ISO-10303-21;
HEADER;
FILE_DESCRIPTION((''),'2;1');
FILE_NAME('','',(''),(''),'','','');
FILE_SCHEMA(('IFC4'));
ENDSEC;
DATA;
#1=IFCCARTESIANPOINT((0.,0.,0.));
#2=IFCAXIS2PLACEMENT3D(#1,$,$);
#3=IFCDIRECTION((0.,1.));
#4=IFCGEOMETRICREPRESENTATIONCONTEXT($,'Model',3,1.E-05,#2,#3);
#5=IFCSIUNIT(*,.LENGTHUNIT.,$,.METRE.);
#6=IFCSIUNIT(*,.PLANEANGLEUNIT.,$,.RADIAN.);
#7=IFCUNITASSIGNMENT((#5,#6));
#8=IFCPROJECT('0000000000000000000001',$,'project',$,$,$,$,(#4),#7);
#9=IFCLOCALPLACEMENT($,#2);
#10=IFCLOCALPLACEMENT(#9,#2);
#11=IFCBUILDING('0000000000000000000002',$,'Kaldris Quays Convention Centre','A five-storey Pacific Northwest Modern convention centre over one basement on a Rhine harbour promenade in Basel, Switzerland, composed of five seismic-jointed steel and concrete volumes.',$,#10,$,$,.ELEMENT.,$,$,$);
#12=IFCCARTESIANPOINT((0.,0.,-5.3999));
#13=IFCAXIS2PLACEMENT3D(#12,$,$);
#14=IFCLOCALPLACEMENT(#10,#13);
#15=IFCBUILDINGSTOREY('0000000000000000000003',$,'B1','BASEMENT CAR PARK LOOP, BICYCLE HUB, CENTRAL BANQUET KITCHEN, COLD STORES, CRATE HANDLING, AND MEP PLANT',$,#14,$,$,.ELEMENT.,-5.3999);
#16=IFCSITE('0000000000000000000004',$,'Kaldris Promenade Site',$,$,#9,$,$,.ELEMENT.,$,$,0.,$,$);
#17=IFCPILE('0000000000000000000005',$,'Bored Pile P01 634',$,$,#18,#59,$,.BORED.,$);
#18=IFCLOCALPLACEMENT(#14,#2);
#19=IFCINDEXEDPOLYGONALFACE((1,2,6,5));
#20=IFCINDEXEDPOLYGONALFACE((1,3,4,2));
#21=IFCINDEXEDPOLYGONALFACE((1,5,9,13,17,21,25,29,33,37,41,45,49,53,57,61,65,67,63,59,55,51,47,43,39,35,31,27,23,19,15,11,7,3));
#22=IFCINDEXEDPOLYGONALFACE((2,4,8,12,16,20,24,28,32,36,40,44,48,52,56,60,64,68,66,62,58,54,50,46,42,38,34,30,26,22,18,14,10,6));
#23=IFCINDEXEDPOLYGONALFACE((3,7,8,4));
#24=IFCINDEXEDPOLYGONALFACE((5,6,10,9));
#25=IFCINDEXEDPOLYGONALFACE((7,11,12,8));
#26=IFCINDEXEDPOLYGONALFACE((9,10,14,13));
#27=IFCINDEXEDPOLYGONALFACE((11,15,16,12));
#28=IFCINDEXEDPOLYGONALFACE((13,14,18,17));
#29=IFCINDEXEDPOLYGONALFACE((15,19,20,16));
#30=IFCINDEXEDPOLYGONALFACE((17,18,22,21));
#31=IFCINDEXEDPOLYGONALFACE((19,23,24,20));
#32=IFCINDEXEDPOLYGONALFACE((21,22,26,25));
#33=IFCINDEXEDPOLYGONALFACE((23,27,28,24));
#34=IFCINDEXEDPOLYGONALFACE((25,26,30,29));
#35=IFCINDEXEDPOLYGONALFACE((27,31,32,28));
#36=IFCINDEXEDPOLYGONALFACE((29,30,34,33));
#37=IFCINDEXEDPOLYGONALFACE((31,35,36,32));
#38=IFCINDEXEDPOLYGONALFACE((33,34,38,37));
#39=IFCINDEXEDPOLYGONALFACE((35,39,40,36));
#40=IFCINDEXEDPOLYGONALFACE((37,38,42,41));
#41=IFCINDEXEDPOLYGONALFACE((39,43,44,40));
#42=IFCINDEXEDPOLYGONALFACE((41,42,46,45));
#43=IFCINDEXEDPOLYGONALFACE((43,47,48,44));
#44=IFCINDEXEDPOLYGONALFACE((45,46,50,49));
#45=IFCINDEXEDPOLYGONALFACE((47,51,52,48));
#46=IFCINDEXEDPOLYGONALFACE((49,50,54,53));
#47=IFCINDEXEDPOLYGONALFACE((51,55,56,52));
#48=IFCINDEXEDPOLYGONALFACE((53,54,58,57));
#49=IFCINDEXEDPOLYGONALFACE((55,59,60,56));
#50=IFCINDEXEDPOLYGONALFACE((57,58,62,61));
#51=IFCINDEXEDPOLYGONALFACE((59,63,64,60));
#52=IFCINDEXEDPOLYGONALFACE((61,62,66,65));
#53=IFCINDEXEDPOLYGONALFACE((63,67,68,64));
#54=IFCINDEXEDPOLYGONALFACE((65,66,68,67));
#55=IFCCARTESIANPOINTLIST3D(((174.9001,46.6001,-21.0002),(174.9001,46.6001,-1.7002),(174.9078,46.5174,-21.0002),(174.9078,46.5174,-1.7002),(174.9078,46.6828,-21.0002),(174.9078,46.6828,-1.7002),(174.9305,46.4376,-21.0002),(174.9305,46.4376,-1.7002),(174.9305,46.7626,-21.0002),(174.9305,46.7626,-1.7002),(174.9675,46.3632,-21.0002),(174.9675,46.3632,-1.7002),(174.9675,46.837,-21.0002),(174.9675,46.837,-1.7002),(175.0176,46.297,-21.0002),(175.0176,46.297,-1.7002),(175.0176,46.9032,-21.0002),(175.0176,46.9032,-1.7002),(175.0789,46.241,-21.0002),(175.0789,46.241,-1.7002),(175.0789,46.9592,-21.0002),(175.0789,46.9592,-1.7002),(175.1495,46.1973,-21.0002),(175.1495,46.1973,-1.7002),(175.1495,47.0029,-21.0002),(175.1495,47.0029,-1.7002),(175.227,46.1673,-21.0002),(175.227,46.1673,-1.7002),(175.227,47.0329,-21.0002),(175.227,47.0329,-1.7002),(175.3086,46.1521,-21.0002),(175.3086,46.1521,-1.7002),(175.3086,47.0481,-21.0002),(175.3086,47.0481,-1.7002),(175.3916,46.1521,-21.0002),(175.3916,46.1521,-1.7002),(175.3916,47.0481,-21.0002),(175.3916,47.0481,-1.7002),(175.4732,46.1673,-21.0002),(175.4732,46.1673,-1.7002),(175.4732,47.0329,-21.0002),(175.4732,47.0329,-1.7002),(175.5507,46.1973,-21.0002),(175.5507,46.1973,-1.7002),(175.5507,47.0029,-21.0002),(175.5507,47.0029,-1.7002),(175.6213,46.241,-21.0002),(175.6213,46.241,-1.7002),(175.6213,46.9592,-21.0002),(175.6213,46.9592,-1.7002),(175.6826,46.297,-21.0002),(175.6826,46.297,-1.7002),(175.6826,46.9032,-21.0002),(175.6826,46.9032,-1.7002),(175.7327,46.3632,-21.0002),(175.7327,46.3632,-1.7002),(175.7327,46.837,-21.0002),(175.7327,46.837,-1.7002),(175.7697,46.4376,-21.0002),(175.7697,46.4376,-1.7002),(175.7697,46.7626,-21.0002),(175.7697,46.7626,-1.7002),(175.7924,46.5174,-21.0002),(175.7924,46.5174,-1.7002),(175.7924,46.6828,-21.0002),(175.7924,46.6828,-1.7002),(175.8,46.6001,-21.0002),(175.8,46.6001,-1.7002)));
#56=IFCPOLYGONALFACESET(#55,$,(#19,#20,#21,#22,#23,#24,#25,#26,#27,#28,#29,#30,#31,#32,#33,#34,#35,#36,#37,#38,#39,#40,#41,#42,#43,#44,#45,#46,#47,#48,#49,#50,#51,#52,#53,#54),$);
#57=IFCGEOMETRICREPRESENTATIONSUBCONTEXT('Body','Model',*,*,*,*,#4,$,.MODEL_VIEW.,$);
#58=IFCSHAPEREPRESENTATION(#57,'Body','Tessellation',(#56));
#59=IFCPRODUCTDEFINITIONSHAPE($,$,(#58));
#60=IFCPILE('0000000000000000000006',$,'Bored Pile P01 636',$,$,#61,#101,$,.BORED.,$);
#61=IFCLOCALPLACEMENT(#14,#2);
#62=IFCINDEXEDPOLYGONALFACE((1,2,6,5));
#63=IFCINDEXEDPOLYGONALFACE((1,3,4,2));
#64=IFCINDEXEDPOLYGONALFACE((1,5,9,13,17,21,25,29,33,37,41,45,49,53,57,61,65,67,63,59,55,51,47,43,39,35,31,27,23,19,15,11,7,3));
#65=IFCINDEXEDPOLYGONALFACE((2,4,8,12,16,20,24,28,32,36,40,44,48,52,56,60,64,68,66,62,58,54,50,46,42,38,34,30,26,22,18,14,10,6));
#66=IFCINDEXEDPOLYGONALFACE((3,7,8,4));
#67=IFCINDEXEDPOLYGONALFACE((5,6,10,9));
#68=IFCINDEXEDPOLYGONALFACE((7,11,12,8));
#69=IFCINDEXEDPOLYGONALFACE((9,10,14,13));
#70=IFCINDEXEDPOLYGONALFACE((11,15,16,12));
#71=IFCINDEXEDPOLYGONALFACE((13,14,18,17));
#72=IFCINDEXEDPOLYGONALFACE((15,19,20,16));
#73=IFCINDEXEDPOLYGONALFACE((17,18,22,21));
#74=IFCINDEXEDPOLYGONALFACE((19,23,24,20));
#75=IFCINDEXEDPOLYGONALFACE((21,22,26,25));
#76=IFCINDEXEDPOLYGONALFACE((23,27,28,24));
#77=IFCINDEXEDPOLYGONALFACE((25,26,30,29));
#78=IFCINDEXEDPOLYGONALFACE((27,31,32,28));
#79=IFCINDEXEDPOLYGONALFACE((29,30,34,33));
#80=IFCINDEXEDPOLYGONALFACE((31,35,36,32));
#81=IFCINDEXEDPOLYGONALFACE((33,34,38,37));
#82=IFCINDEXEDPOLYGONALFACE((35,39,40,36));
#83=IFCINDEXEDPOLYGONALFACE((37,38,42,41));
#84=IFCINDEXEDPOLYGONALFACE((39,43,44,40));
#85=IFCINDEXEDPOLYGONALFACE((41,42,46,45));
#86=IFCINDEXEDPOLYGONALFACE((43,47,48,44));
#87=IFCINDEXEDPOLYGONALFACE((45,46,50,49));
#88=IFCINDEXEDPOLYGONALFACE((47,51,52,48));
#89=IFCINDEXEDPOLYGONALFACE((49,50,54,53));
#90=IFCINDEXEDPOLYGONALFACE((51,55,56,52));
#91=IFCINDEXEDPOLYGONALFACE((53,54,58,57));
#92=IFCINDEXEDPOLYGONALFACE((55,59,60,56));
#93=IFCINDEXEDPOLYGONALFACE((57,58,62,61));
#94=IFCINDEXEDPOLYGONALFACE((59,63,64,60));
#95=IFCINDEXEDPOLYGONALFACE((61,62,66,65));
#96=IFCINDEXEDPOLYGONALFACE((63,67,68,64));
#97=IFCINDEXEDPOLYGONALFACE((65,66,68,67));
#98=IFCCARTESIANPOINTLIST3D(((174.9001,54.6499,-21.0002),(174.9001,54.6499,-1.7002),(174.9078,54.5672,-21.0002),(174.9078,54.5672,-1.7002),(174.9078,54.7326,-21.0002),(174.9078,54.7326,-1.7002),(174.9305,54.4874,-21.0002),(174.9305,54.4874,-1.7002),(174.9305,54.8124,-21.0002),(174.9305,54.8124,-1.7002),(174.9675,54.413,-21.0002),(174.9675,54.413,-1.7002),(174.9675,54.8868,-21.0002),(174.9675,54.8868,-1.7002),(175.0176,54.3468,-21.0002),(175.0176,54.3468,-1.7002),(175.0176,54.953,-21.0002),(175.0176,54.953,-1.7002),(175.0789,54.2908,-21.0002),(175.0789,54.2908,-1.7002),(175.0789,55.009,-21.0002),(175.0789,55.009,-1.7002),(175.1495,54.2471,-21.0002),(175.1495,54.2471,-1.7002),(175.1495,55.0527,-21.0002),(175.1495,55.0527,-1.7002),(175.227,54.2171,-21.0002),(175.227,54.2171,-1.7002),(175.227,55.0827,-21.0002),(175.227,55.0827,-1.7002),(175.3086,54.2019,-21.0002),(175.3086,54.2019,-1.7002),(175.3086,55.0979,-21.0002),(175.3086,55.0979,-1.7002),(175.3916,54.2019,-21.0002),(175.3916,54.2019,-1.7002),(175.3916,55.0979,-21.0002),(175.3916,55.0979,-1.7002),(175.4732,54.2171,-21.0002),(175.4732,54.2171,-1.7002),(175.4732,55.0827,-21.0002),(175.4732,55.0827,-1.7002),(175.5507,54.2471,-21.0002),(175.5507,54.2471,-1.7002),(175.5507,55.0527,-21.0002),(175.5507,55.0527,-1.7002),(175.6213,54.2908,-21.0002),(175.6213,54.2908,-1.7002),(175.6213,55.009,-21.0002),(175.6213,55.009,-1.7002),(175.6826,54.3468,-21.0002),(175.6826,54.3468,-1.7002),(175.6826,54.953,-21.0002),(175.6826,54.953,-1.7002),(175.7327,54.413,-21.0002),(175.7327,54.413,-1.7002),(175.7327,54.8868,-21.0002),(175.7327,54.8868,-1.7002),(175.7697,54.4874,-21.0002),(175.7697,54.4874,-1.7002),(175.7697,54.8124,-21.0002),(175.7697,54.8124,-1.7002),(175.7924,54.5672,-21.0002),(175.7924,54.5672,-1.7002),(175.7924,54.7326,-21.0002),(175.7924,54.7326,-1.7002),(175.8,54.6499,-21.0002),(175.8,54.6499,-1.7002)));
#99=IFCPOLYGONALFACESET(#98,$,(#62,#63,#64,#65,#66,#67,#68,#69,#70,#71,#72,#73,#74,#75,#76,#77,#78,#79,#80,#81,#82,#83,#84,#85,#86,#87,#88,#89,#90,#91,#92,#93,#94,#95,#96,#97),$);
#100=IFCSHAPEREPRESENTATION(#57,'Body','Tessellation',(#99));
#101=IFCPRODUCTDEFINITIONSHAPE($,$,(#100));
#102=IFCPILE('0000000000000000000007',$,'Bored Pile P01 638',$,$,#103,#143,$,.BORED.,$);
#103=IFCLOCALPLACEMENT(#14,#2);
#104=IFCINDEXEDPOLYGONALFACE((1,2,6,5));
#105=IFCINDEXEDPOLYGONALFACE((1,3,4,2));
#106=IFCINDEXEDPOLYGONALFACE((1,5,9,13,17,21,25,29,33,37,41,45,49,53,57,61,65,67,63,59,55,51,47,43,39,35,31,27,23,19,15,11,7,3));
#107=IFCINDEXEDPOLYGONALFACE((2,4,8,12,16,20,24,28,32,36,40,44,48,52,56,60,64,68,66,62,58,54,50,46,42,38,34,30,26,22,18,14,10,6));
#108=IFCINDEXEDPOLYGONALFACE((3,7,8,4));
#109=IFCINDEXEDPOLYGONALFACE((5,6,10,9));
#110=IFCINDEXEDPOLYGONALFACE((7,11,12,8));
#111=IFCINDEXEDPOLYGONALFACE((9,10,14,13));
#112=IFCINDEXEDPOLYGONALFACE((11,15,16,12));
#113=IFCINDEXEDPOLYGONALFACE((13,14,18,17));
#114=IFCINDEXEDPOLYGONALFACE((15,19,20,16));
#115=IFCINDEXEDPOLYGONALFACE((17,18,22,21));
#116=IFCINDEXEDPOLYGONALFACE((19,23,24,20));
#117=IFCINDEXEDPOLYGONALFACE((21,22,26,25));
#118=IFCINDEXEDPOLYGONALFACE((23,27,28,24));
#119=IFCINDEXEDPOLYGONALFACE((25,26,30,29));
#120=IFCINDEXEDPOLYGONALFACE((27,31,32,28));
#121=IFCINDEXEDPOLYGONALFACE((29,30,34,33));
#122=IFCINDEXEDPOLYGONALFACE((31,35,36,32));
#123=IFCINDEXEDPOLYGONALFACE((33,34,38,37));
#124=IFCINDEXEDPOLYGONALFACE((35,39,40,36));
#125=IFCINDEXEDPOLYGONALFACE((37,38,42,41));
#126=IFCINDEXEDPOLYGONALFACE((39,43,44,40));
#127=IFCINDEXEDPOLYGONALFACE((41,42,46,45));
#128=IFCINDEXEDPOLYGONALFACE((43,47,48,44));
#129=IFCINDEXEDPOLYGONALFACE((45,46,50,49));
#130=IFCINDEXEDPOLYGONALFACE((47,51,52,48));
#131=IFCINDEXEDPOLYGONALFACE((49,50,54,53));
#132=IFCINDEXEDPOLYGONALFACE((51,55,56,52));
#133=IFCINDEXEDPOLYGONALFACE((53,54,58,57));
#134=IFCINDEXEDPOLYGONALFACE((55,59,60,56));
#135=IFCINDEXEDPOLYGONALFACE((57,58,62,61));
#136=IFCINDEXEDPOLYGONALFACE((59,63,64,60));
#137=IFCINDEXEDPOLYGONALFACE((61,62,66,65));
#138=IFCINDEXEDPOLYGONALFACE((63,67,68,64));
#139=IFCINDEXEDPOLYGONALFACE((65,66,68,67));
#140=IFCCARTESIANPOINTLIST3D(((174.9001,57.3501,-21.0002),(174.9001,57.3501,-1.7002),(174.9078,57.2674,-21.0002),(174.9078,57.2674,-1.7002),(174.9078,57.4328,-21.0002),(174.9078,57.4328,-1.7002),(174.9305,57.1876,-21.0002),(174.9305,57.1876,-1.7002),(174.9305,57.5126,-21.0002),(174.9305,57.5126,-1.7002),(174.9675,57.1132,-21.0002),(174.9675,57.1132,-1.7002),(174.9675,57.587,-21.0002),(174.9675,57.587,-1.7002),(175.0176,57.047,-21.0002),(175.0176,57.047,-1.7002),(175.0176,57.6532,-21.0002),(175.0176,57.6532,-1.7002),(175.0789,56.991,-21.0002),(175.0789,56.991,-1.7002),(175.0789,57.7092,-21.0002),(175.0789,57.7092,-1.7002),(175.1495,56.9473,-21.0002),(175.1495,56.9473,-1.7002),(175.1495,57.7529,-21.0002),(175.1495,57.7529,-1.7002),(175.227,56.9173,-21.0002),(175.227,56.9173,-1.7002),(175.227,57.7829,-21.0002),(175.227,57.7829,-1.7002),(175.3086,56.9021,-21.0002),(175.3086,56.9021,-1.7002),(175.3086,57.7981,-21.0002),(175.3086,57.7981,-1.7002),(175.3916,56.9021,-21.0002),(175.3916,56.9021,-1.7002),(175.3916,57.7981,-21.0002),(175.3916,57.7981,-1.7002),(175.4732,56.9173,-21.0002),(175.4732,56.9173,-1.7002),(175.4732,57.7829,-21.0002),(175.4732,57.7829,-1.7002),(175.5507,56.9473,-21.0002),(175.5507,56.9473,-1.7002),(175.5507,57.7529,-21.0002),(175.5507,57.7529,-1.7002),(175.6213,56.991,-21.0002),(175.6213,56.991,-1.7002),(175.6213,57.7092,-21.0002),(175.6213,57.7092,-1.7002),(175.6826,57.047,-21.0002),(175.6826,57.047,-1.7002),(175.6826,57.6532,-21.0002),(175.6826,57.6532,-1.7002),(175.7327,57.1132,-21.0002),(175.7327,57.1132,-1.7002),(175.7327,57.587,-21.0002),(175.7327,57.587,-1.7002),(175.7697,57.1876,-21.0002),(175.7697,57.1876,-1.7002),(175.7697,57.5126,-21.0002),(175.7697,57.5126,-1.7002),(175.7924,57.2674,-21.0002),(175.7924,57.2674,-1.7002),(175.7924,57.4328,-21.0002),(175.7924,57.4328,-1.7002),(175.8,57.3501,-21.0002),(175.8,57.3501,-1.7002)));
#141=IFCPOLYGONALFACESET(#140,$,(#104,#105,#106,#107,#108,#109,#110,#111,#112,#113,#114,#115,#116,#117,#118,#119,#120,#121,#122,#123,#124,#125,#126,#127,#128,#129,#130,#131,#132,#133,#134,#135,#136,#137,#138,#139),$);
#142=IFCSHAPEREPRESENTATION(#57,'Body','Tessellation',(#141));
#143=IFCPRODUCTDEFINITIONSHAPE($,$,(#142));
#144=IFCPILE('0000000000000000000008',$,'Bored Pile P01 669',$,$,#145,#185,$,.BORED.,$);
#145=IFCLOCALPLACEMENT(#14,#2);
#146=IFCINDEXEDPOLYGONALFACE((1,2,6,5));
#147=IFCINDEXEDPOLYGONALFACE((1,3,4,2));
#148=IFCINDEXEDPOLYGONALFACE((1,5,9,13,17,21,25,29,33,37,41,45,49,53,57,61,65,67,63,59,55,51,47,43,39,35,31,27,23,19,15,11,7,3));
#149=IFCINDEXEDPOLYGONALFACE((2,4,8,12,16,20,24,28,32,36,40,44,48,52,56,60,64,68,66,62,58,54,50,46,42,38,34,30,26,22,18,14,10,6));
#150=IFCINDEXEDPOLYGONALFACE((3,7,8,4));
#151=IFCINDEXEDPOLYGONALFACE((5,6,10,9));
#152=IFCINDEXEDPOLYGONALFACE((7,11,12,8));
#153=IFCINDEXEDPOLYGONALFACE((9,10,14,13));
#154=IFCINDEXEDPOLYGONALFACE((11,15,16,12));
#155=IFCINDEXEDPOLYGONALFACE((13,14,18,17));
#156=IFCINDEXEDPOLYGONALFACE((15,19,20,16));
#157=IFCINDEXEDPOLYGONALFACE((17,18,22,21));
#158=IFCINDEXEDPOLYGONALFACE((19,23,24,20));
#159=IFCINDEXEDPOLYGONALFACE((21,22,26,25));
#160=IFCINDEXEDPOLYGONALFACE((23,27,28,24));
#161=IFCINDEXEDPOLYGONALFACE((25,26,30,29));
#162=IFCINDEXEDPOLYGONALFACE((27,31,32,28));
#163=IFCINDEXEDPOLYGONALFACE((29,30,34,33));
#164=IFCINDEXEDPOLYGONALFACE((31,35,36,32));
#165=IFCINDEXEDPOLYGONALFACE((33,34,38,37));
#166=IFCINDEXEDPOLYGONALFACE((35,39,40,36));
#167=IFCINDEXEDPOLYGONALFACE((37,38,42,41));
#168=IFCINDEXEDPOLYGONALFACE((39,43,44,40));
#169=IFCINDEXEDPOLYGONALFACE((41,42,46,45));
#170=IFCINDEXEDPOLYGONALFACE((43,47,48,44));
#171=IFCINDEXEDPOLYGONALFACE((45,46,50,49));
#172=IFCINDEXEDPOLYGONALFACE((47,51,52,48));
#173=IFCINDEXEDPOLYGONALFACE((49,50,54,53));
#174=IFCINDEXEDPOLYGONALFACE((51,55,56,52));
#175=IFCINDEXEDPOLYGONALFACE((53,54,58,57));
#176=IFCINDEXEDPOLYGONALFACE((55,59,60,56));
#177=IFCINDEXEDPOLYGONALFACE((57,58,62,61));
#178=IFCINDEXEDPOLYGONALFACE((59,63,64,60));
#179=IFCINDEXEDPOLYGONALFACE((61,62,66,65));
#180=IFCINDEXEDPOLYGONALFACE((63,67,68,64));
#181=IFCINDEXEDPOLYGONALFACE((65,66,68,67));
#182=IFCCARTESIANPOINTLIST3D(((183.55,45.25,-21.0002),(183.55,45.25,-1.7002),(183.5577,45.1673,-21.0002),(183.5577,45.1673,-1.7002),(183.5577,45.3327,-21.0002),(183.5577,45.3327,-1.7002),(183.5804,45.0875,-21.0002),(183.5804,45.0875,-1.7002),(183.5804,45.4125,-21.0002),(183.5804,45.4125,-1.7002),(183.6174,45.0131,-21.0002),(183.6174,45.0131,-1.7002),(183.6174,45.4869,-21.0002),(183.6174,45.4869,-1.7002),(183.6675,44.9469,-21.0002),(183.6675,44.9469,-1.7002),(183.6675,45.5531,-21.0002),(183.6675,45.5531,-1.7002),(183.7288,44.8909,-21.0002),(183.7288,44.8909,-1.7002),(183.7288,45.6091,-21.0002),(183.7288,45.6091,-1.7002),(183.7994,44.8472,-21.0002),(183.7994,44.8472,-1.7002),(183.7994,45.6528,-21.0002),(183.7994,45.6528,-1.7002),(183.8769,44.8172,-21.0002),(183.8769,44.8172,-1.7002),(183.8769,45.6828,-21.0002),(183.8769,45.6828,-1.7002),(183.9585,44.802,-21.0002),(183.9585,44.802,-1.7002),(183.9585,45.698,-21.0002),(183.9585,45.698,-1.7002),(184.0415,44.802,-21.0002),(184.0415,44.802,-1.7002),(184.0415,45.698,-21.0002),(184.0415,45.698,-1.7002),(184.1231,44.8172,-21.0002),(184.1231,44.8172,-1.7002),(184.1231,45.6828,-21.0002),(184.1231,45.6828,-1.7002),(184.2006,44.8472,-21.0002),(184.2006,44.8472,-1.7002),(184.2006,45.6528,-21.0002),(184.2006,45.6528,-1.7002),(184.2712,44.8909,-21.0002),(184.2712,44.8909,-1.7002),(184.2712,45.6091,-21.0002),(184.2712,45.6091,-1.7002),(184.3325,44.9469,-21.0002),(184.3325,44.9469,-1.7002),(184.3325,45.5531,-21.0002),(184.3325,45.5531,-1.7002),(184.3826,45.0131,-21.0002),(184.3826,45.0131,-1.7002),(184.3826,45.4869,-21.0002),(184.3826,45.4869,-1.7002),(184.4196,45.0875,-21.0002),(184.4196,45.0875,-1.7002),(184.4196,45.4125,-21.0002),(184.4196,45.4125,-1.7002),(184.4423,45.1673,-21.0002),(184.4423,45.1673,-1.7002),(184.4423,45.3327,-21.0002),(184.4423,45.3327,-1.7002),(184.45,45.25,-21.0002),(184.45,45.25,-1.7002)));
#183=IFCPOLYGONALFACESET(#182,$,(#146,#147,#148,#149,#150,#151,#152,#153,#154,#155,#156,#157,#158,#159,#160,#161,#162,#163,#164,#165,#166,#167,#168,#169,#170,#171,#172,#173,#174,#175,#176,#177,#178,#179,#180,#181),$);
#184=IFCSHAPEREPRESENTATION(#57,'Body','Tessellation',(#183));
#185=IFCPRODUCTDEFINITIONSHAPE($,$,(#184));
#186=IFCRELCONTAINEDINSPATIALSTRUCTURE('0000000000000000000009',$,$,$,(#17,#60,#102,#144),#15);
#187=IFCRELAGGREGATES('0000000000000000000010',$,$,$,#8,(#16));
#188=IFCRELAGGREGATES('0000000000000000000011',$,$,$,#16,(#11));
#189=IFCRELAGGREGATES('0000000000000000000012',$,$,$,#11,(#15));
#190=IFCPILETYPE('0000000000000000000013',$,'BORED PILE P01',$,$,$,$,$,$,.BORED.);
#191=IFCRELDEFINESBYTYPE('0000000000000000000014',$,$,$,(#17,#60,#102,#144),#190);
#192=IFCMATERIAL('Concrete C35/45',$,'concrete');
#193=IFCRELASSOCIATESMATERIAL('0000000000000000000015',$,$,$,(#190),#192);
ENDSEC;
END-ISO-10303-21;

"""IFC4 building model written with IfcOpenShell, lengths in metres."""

from ifc_helpers import new_model, si_unit, direction, frame, origin, origin_2d, place, context, subcontext, project, spatial, circle, extrude, material, material_profile, profile_set, type_object, element, save


model = new_model("IFC4")

# Units and contexts
model_context = context("Model", 3, precision=1e-05, world=origin(), true_north=direction((0.0, 1.0)))
body_context = subcontext(model_context, "Body", "Model", "MODEL_VIEW")
ifc_project = project(units=[si_unit("LENGTHUNIT", "METRE"), si_unit("PLANEANGLEUNIT", "RADIAN")], contexts=[model_context])

# Site, building, storey
site_placement = place(None, origin())
site = spatial("IfcSite", under=ifc_project, at=site_placement, Name="Kaldris Promenade Site", CompositionType="ELEMENT", RefElevation=0.0)
building_placement = place(site_placement, origin())
building = spatial("IfcBuilding", under=site, at=building_placement, Name="Kaldris Quays Convention Centre", Description="A five-storey Pacific Northwest Modern convention centre over one basement on a Rhine harbour promenade in Basel, Switzerland, composed of five seismic-jointed steel and concrete volumes.", CompositionType="ELEMENT")
storey_placement = place(building_placement, frame((0.0, 0.0, -5.3999)))
storey = spatial("IfcBuildingStorey", under=building, at=storey_placement, Name="B1", Description="BASEMENT CAR PARK LOOP, BICYCLE HUB, CENTRAL BANQUET KITCHEN, COLD STORES, CRATE HANDLING, AND MEP PLANT", CompositionType="ELEMENT", Elevation=-5.3999)

# Piles
ifc_material_1 = material(Name="Concrete C35/45", Category="concrete")
ifc_material_profile_1 = material_profile(ifc_material_1, circle(Radius=0.45, at=origin_2d()), Name="BORED PILE D900")
ifc_profile_set_1 = profile_set([ifc_material_profile_1], Name="Concrete C35/45")
pile_type = type_object("IfcPileType", Name="BORED PILE P01", PredefinedType="BORED", material=ifc_profile_set_1)
for number, where, z_axis, x_axis, name in (
    (1, (175.3501, 46.6001, -1.7002), (0.0, 0.0, -1.0), (1.0, 0.0, 0.0), "Bored Pile P01 634"),
    (2, (175.3501, 54.6499, -1.7002), (0.0, 0.0, -1.0), (1.0, 0.0, 0.0), "Bored Pile P01 636"),
    (3, (175.3501, 57.3501, -1.7002), (0.0, 0.0, -1.0), (1.0, 0.0, 0.0), "Bored Pile P01 638"),
    (4, (184.0, 45.25, -1.7002), (0.0, 0.0, -1.0), (1.0, 0.0, 0.0), "Bored Pile P01 669"),
):
    element("IfcPile", number, at=place(storey_placement, frame(where, z_axis=z_axis, x_axis=x_axis)), inside=storey, type_object=pile_type, Name=name, PredefinedType="BORED", context=body_context, shape_type="SweptSolid", body=[
        extrude(circle(Radius=0.45, at=origin_2d()), origin(), (0.0, 0.0, 1.0), 19.3),
    ])

save(model, "model.ifc")
